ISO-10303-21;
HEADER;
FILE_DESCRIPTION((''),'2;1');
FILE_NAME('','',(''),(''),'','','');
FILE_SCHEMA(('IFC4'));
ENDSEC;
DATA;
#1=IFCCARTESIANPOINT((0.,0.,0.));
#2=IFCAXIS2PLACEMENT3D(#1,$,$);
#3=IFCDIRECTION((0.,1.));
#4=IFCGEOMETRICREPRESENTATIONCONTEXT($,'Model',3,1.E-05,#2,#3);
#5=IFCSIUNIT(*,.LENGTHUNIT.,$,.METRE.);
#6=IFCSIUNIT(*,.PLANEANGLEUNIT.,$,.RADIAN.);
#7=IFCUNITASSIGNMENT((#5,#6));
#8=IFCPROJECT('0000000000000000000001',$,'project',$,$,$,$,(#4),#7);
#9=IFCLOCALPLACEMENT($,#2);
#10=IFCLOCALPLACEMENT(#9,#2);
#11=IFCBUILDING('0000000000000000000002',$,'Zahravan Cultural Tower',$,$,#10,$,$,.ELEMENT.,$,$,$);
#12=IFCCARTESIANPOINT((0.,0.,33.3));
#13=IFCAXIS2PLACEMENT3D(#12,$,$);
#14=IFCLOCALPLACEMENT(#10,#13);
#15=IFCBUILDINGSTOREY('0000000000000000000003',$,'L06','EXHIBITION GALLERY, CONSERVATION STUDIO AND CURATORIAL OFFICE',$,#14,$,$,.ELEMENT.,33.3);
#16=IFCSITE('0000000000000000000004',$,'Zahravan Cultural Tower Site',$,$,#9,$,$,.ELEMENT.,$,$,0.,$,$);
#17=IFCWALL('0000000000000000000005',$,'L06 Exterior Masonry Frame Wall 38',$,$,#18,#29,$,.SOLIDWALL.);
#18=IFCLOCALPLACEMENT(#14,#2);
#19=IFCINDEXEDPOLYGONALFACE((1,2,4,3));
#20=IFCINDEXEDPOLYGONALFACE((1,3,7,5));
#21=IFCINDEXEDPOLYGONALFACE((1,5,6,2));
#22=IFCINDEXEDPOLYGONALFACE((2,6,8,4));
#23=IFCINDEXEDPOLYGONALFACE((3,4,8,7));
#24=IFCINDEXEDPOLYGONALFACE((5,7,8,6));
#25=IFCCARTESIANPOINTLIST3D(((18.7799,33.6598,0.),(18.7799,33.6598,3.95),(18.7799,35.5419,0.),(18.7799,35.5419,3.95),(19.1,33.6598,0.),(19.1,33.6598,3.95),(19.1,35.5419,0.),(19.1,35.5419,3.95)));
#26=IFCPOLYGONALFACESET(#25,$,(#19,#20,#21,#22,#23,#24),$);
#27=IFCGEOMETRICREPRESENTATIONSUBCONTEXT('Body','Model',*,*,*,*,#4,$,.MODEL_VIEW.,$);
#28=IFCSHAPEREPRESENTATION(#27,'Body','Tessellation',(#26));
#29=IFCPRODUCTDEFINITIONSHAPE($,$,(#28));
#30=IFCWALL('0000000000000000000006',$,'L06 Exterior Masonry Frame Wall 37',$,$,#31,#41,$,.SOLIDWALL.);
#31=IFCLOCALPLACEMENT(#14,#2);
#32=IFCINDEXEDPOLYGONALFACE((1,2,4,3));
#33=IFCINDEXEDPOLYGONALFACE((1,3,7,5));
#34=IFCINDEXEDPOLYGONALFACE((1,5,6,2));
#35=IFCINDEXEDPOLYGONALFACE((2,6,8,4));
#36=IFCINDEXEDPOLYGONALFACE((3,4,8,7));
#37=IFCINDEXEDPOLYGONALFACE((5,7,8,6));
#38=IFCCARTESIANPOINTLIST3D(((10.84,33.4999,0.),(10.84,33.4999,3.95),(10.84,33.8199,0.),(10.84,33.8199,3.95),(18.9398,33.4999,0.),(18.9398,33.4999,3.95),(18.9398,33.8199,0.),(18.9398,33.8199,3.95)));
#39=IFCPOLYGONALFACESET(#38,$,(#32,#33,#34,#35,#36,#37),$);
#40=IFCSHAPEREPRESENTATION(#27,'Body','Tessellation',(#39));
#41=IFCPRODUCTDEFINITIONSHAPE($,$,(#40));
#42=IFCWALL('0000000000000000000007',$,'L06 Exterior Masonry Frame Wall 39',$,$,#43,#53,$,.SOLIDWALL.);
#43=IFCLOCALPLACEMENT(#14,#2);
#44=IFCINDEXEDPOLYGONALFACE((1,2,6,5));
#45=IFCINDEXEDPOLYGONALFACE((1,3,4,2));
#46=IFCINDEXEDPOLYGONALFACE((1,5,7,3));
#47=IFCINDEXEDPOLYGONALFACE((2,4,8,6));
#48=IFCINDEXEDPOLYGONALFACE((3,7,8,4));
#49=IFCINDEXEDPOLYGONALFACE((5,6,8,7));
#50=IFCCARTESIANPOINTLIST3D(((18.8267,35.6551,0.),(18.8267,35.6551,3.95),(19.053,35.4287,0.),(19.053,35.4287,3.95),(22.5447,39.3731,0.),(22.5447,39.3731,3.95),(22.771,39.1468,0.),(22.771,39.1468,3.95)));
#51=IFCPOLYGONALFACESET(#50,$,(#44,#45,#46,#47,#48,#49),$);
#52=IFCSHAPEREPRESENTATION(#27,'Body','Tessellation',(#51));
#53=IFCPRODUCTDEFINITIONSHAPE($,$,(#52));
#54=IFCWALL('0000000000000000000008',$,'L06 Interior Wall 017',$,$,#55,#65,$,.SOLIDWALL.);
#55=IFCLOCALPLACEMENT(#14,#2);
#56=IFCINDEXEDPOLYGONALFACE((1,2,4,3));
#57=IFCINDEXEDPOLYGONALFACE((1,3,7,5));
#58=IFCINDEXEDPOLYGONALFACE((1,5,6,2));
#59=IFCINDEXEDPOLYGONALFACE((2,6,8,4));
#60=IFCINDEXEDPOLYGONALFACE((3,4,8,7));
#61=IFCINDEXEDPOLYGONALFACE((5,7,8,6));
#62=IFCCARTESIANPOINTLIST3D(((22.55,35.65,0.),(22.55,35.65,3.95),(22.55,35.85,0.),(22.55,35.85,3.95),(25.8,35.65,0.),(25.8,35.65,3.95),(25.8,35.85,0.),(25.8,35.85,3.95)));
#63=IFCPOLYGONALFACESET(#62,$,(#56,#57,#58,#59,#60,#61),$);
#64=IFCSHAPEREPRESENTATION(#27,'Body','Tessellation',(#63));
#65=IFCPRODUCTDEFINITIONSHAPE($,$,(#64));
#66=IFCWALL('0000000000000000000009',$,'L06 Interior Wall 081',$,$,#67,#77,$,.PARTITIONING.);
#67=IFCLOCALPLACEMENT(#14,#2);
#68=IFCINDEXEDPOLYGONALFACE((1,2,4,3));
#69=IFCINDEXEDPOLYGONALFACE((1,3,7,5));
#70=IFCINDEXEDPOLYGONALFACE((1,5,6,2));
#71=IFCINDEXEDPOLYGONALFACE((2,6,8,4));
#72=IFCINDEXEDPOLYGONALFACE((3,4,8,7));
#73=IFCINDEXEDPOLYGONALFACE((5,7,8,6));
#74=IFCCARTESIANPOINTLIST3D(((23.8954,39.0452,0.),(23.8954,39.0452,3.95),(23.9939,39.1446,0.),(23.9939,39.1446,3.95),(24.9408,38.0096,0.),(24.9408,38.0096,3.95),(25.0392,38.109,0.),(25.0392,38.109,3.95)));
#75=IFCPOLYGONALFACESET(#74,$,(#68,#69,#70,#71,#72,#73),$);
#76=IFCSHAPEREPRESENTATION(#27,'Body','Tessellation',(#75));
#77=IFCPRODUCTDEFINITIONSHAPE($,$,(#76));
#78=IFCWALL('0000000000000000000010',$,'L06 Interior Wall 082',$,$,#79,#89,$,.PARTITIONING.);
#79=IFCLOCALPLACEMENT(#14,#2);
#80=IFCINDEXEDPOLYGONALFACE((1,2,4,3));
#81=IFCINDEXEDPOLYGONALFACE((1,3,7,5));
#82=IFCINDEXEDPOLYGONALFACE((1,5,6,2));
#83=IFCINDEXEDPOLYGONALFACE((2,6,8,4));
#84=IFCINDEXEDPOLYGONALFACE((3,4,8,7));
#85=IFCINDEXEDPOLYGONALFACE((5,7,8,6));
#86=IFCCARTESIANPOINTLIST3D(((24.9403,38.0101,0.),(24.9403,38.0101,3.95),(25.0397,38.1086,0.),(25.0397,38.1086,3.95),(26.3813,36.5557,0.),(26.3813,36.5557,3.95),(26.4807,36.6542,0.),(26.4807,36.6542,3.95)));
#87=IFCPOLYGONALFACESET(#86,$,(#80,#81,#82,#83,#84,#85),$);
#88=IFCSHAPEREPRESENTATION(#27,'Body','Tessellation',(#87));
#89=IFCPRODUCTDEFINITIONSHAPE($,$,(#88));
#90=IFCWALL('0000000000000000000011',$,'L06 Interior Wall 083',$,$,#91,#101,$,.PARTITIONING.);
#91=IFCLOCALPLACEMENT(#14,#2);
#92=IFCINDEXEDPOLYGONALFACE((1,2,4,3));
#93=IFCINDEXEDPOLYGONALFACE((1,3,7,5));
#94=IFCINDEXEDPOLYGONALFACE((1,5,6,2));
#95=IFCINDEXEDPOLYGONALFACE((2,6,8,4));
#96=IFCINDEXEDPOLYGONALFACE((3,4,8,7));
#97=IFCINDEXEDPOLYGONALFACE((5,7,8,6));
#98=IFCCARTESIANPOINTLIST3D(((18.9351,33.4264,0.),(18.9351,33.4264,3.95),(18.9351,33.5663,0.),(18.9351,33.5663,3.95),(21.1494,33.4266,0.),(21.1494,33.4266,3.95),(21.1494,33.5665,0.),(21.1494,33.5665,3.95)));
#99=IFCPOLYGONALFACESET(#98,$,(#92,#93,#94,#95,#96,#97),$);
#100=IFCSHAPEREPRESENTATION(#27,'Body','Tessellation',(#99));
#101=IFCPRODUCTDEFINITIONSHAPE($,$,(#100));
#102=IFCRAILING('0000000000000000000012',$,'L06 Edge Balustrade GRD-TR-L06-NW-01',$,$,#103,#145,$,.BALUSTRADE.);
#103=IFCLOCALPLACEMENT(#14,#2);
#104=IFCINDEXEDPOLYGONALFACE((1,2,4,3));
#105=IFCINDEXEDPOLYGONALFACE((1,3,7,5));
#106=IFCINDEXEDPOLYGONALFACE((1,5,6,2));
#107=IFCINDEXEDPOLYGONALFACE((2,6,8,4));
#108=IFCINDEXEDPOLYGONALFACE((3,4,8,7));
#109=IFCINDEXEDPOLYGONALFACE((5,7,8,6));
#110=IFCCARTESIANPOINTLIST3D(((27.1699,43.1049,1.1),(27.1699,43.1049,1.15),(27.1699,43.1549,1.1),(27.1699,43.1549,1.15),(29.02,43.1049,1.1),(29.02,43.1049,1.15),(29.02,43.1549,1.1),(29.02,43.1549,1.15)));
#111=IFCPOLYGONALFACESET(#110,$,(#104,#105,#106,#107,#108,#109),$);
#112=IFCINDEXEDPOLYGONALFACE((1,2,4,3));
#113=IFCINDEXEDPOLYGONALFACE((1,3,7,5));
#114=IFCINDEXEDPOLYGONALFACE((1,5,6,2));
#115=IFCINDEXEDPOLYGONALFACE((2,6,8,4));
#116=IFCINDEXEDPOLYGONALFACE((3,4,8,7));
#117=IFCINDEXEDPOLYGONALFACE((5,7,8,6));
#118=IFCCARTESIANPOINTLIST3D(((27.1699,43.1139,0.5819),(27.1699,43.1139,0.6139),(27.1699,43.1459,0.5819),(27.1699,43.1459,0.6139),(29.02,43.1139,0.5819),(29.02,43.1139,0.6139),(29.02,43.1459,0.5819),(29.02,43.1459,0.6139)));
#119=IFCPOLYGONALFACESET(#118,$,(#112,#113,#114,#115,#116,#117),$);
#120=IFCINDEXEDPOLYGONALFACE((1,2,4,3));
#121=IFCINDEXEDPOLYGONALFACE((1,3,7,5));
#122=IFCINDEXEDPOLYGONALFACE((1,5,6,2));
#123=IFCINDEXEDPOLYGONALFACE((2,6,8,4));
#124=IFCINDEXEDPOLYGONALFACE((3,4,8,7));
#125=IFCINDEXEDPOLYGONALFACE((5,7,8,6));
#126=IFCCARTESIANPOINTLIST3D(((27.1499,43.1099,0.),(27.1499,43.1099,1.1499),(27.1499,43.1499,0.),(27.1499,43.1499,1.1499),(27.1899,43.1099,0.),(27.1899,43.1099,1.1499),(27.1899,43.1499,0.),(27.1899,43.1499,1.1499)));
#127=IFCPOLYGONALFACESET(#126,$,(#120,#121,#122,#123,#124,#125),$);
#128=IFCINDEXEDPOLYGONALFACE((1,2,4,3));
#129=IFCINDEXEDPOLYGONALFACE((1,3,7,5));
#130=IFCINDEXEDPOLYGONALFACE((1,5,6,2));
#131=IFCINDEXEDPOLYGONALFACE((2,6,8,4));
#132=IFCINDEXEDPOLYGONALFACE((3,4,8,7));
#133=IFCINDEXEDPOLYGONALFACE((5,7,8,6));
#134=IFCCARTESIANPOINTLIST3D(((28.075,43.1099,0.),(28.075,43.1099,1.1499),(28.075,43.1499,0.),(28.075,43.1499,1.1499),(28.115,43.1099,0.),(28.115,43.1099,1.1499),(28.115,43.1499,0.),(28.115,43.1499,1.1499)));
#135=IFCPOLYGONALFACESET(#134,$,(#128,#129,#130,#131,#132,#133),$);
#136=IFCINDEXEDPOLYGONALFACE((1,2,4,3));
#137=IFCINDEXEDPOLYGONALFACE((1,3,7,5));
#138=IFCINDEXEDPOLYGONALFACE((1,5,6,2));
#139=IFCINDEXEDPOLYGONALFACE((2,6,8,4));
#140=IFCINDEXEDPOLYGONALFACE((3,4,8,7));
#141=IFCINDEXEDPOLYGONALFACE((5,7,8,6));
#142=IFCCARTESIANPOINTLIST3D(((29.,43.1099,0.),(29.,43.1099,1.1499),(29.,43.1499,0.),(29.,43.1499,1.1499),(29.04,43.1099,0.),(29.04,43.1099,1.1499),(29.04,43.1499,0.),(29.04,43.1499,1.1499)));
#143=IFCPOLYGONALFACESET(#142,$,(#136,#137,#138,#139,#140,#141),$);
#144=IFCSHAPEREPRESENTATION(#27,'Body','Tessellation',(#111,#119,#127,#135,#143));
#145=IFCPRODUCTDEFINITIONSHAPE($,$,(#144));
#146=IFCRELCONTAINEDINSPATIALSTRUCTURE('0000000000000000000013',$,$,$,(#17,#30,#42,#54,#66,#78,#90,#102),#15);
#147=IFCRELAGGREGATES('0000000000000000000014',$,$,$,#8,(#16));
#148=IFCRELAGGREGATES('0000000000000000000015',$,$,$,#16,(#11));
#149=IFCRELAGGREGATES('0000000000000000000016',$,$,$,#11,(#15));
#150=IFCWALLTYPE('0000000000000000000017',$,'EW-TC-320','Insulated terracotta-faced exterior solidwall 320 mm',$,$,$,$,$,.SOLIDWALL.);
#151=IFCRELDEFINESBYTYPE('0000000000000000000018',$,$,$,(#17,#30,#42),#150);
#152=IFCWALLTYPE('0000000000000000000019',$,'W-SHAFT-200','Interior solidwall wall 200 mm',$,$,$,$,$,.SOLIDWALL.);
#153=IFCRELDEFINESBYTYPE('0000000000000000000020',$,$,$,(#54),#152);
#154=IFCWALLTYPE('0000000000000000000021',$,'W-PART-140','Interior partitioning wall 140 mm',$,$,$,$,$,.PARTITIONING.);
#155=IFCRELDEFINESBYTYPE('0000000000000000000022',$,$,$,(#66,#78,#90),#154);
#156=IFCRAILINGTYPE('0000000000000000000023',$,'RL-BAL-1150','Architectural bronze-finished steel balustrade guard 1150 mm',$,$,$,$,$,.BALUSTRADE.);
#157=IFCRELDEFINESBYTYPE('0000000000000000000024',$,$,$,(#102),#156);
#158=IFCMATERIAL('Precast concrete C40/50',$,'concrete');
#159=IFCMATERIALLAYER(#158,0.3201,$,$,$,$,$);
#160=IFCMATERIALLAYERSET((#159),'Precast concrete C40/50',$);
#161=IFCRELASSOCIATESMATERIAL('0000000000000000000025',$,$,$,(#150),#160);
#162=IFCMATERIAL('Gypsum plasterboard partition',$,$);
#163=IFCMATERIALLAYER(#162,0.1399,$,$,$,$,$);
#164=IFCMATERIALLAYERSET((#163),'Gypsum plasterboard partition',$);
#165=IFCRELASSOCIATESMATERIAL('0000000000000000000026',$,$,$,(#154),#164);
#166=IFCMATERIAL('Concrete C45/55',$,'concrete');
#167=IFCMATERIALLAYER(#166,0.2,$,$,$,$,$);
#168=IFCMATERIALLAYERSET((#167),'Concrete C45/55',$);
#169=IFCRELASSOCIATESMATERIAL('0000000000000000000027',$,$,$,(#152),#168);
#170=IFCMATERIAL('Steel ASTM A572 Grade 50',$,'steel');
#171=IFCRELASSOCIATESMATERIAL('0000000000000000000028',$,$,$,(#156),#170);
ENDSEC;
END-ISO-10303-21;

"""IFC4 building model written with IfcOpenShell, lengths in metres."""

from ifc_helpers import new_model, si_unit, direction, frame, frame_2d, origin, origin_2d, place, context, subcontext, project, spatial, rectangle, extrude, source, transform, mapped, material, layer, layer_set, type_object, element, save


model = new_model("IFC4")

# Units and contexts
model_context = context("Model", 3, precision=1e-05, world=origin(), true_north=direction((0.0, 1.0)))
body_context = subcontext(model_context, "Body", "Model", "MODEL_VIEW")
ifc_project = project(units=[si_unit("LENGTHUNIT", "METRE"), si_unit("PLANEANGLEUNIT", "RADIAN")], contexts=[model_context])

# Site, building, storey
site_placement = place(None, origin())
site = spatial("IfcSite", under=ifc_project, at=site_placement, Name="Zahravan Cultural Tower Site", CompositionType="ELEMENT", RefElevation=0.0)
building_placement = place(site_placement, origin())
building = spatial("IfcBuilding", under=site, at=building_placement, Name="Zahravan Cultural Tower", CompositionType="ELEMENT")
storey_placement = place(building_placement, frame((0.0, 0.0, 33.3)))
storey = spatial("IfcBuildingStorey", under=building, at=storey_placement, Name="L06", Description="EXHIBITION GALLERY, CONSERVATION STUDIO AND CURATORIAL OFFICE", CompositionType="ELEMENT", Elevation=33.3)

# Shared definitions
ifc_material_1 = material(Name="Precast concrete C40/50", Category="concrete")
ifc_layer_1 = layer(ifc_material_1, 0.3201)
ifc_layer_set_1 = layer_set([ifc_layer_1], Name="Precast concrete C40/50")
wall_type_1 = type_object("IfcWallType", Name="EW-TC-320", Description="Insulated terracotta-faced exterior solidwall 320 mm", PredefinedType="SOLIDWALL", material=ifc_layer_set_1)
ifc_material_2 = material(Name="Gypsum plasterboard partition")
ifc_layer_2 = layer(ifc_material_2, 0.1399)
ifc_layer_set_2 = layer_set([ifc_layer_2], Name="Gypsum plasterboard partition")
wall_type_2 = type_object("IfcWallType", Name="W-PART-140", Description="Interior partitioning wall 140 mm", PredefinedType="PARTITIONING", material=ifc_layer_set_2)
ifc_material_3 = material(Name="Concrete C45/55", Category="concrete")
ifc_layer_3 = layer(ifc_material_3, 0.2)
ifc_layer_set_3 = layer_set([ifc_layer_3], Name="Concrete C45/55")
wall_type_3 = type_object("IfcWallType", Name="W-SHAFT-200", Description="Interior solidwall wall 200 mm", PredefinedType="SOLIDWALL", material=ifc_layer_set_3)
ifc_material_4 = material(Name="Steel ASTM A572 Grade 50", Category="steel")

# Walls
shared_shape_1 = source(origin(), body_context, "Body", "SweptSolid", [
    extrude(rectangle(XDim=1.8821, YDim=0.3201, at=frame_2d((0.9409, 0.0))), origin(), (0.0, 0.0, 1.0), 3.95),
])
wall_1_placement = place(storey_placement, frame((18.9399, 33.6599, 0.0), z_axis=(0.0, 0.0, 1.0), x_axis=(0.0, 1.0, 0.0)))
element("IfcWall", 1, at=wall_1_placement, inside=storey, type_object=wall_type_1, Name="L06 Exterior Masonry Frame Wall 38", PredefinedType="SOLIDWALL", context=body_context, shape_type="MappedRepresentation", body=[
    mapped(shared_shape_1, transform((0.0, 0.0, 0.0), x_axis=(1.0, 0.0, 0.0), y_axis=(0.0, 1.0, 0.0), z_axis=(0.0, 0.0, 1.0), scale=1.0)),
])
shared_shape_2 = source(origin(), body_context, "Body", "SweptSolid", [
    extrude(rectangle(XDim=8.0999, YDim=0.3201, at=frame_2d((4.0498, 0.0))), origin(), (0.0, 0.0, 1.0), 3.95),
])
wall_2_placement = place(storey_placement, frame((10.8401, 33.6599, 0.0), z_axis=(0.0, 0.0, 1.0), x_axis=(1.0, 0.0, 0.0)))
element("IfcWall", 2, at=wall_2_placement, inside=storey, type_object=wall_type_1, Name="L06 Exterior Masonry Frame Wall 37", PredefinedType="SOLIDWALL", context=body_context, shape_type="MappedRepresentation", body=[
    mapped(shared_shape_2, transform((0.0, 0.0, 0.0), x_axis=(1.0, 0.0, 0.0), y_axis=(0.0, 1.0, 0.0), z_axis=(0.0, 0.0, 1.0), scale=1.0)),
])
shared_shape_3 = source(origin(), body_context, "Body", "SweptSolid", [
    extrude(rectangle(XDim=5.2581, YDim=0.3201, at=frame_2d((2.6289, 0.0))), origin(), (0.0, 0.0, 1.0), 3.95),
])
wall_3_placement = place(storey_placement, frame((18.9399, 35.542, 0.0), z_axis=(0.0, 0.0, 1.0), x_axis=(0.707107, 0.707107, 0.0)))
element("IfcWall", 3, at=wall_3_placement, inside=storey, type_object=wall_type_1, Name="L06 Exterior Masonry Frame Wall 39", PredefinedType="SOLIDWALL", context=body_context, shape_type="MappedRepresentation", body=[
    mapped(shared_shape_3, transform((0.0, 0.0, 0.0), x_axis=(1.0, 0.0, 0.0), y_axis=(0.0, 1.0, 0.0), z_axis=(0.0, 0.0, 1.0), scale=1.0)),
])
shared_shape_4 = source(origin(), body_context, "Body", "SweptSolid", [
    extrude(rectangle(XDim=3.25, YDim=0.2, at=frame_2d((1.625, 0.0))), origin(), (0.0, 0.0, 1.0), 3.95),
])
wall_4_placement = place(storey_placement, frame((22.55, 35.75, 0.0), z_axis=(0.0, 0.0, 1.0), x_axis=(1.0, 0.0, 0.0)))
element("IfcWall", 4, at=wall_4_placement, inside=storey, type_object=wall_type_3, Name="L06 Interior Wall 017", PredefinedType="SOLIDWALL", context=body_context, shape_type="MappedRepresentation", body=[
    mapped(shared_shape_4, transform((0.0, 0.0, 0.0), x_axis=(1.0, 0.0, 0.0), y_axis=(0.0, 1.0, 0.0), z_axis=(0.0, 0.0, 1.0), scale=1.0)),
])
shared_shape_5 = source(origin(), body_context, "Body", "SweptSolid", [
    extrude(rectangle(XDim=1.4714, YDim=0.1399, at=frame_2d((0.7358, 0.0))), origin(), (0.0, 0.0, 1.0), 3.95),
])
wall_5_placement = place(storey_placement, frame((23.9446, 39.095, 0.0), z_axis=(0.0, 0.0, 1.0), x_axis=(0.710417, -0.703781, 0.0)))
element("IfcWall", 5, at=wall_5_placement, inside=storey, type_object=wall_type_2, Name="L06 Interior Wall 081", PredefinedType="PARTITIONING", context=body_context, shape_type="MappedRepresentation", body=[
    mapped(shared_shape_5, transform((0.0, 0.0, 0.0), x_axis=(1.0, 0.0, 0.0), y_axis=(0.0, 1.0, 0.0), z_axis=(0.0, 0.0, 1.0), scale=1.0)),
])
shared_shape_6 = source(origin(), body_context, "Body", "SweptSolid", [
    extrude(rectangle(XDim=2.0474, YDim=0.1399, at=frame_2d((1.0237, 0.0))), origin(), (0.0, 0.0, 1.0), 3.95),
])
wall_6_placement = place(storey_placement, frame((24.99, 38.0593, 0.0), z_axis=(0.0, 0.0, 1.0), x_axis=(0.70382, -0.710379, 0.0)))
element("IfcWall", 6, at=wall_6_placement, inside=storey, type_object=wall_type_2, Name="L06 Interior Wall 082", PredefinedType="PARTITIONING", context=body_context, shape_type="MappedRepresentation", body=[
    mapped(shared_shape_6, transform((0.0, 0.0, 0.0), x_axis=(1.0, 0.0, 0.0), y_axis=(0.0, 1.0, 0.0), z_axis=(0.0, 0.0, 1.0), scale=1.0)),
])
shared_shape_7 = source(origin(), body_context, "Body", "SweptSolid", [
    extrude(rectangle(XDim=2.2144, YDim=0.1399, at=frame_2d((1.1072, 0.0))), origin(), (0.0, 0.0, 1.0), 3.95),
])
wall_7_placement = place(storey_placement, frame((21.1494, 33.4966, 0.0), z_axis=(0.0, 0.0, 1.0), x_axis=(-1.0, -0.00011, 0.0)))
element("IfcWall", 7, at=wall_7_placement, inside=storey, type_object=wall_type_2, Name="L06 Interior Wall 083", PredefinedType="PARTITIONING", context=body_context, shape_type="MappedRepresentation", body=[
    mapped(shared_shape_7, transform((0.0, 0.0, 0.0), x_axis=(1.0, 0.0, 0.0), y_axis=(0.0, 1.0, 0.0), z_axis=(0.0, 0.0, 1.0), scale=1.0)),
])

# Railing
railing_type_1 = type_object("IfcRailingType", Name="RL-BAL-1150", Description="Architectural bronze-finished steel balustrade guard 1150 mm", PredefinedType="BALUSTRADE", material=ifc_material_4)
railing_1_placement = place(storey_placement, frame((27.1699, 43.1299, 0.0)))
element("IfcRailing", 8, at=railing_1_placement, inside=storey, type_object=railing_type_1, Name="L06 Edge Balustrade GRD-TR-L06-NW-01", PredefinedType="BALUSTRADE", context=body_context, shape_type="SweptSolid", body=[
    extrude(rectangle(XDim=0.05, YDim=0.05, at=origin_2d()), frame((0.0, 0.0, 1.125), z_axis=(1.0, 0.0, 0.0), x_axis=(0.0, 1.0, 0.0)), (0.0, 0.0, 1.0), 1.8501),
    extrude(rectangle(XDim=0.032, YDim=0.032, at=origin_2d()), frame((0.0, 0.0, 0.5979), z_axis=(1.0, 0.0, 0.0), x_axis=(0.0, 1.0, 0.0)), (0.0, 0.0, 1.0), 1.8501),
    extrude(rectangle(XDim=0.04, YDim=0.04, at=origin_2d()), origin(), (0.0, 0.0, 1.0), 1.1499),
    extrude(rectangle(XDim=0.04, YDim=0.04, at=origin_2d()), frame((0.925, 0.0, 0.0)), (0.0, 0.0, 1.0), 1.1499),
    extrude(rectangle(XDim=0.04, YDim=0.04, at=origin_2d()), frame((1.8501, 0.0, 0.0)), (0.0, 0.0, 1.0), 1.1499),
])

save(model, "model.ifc")
